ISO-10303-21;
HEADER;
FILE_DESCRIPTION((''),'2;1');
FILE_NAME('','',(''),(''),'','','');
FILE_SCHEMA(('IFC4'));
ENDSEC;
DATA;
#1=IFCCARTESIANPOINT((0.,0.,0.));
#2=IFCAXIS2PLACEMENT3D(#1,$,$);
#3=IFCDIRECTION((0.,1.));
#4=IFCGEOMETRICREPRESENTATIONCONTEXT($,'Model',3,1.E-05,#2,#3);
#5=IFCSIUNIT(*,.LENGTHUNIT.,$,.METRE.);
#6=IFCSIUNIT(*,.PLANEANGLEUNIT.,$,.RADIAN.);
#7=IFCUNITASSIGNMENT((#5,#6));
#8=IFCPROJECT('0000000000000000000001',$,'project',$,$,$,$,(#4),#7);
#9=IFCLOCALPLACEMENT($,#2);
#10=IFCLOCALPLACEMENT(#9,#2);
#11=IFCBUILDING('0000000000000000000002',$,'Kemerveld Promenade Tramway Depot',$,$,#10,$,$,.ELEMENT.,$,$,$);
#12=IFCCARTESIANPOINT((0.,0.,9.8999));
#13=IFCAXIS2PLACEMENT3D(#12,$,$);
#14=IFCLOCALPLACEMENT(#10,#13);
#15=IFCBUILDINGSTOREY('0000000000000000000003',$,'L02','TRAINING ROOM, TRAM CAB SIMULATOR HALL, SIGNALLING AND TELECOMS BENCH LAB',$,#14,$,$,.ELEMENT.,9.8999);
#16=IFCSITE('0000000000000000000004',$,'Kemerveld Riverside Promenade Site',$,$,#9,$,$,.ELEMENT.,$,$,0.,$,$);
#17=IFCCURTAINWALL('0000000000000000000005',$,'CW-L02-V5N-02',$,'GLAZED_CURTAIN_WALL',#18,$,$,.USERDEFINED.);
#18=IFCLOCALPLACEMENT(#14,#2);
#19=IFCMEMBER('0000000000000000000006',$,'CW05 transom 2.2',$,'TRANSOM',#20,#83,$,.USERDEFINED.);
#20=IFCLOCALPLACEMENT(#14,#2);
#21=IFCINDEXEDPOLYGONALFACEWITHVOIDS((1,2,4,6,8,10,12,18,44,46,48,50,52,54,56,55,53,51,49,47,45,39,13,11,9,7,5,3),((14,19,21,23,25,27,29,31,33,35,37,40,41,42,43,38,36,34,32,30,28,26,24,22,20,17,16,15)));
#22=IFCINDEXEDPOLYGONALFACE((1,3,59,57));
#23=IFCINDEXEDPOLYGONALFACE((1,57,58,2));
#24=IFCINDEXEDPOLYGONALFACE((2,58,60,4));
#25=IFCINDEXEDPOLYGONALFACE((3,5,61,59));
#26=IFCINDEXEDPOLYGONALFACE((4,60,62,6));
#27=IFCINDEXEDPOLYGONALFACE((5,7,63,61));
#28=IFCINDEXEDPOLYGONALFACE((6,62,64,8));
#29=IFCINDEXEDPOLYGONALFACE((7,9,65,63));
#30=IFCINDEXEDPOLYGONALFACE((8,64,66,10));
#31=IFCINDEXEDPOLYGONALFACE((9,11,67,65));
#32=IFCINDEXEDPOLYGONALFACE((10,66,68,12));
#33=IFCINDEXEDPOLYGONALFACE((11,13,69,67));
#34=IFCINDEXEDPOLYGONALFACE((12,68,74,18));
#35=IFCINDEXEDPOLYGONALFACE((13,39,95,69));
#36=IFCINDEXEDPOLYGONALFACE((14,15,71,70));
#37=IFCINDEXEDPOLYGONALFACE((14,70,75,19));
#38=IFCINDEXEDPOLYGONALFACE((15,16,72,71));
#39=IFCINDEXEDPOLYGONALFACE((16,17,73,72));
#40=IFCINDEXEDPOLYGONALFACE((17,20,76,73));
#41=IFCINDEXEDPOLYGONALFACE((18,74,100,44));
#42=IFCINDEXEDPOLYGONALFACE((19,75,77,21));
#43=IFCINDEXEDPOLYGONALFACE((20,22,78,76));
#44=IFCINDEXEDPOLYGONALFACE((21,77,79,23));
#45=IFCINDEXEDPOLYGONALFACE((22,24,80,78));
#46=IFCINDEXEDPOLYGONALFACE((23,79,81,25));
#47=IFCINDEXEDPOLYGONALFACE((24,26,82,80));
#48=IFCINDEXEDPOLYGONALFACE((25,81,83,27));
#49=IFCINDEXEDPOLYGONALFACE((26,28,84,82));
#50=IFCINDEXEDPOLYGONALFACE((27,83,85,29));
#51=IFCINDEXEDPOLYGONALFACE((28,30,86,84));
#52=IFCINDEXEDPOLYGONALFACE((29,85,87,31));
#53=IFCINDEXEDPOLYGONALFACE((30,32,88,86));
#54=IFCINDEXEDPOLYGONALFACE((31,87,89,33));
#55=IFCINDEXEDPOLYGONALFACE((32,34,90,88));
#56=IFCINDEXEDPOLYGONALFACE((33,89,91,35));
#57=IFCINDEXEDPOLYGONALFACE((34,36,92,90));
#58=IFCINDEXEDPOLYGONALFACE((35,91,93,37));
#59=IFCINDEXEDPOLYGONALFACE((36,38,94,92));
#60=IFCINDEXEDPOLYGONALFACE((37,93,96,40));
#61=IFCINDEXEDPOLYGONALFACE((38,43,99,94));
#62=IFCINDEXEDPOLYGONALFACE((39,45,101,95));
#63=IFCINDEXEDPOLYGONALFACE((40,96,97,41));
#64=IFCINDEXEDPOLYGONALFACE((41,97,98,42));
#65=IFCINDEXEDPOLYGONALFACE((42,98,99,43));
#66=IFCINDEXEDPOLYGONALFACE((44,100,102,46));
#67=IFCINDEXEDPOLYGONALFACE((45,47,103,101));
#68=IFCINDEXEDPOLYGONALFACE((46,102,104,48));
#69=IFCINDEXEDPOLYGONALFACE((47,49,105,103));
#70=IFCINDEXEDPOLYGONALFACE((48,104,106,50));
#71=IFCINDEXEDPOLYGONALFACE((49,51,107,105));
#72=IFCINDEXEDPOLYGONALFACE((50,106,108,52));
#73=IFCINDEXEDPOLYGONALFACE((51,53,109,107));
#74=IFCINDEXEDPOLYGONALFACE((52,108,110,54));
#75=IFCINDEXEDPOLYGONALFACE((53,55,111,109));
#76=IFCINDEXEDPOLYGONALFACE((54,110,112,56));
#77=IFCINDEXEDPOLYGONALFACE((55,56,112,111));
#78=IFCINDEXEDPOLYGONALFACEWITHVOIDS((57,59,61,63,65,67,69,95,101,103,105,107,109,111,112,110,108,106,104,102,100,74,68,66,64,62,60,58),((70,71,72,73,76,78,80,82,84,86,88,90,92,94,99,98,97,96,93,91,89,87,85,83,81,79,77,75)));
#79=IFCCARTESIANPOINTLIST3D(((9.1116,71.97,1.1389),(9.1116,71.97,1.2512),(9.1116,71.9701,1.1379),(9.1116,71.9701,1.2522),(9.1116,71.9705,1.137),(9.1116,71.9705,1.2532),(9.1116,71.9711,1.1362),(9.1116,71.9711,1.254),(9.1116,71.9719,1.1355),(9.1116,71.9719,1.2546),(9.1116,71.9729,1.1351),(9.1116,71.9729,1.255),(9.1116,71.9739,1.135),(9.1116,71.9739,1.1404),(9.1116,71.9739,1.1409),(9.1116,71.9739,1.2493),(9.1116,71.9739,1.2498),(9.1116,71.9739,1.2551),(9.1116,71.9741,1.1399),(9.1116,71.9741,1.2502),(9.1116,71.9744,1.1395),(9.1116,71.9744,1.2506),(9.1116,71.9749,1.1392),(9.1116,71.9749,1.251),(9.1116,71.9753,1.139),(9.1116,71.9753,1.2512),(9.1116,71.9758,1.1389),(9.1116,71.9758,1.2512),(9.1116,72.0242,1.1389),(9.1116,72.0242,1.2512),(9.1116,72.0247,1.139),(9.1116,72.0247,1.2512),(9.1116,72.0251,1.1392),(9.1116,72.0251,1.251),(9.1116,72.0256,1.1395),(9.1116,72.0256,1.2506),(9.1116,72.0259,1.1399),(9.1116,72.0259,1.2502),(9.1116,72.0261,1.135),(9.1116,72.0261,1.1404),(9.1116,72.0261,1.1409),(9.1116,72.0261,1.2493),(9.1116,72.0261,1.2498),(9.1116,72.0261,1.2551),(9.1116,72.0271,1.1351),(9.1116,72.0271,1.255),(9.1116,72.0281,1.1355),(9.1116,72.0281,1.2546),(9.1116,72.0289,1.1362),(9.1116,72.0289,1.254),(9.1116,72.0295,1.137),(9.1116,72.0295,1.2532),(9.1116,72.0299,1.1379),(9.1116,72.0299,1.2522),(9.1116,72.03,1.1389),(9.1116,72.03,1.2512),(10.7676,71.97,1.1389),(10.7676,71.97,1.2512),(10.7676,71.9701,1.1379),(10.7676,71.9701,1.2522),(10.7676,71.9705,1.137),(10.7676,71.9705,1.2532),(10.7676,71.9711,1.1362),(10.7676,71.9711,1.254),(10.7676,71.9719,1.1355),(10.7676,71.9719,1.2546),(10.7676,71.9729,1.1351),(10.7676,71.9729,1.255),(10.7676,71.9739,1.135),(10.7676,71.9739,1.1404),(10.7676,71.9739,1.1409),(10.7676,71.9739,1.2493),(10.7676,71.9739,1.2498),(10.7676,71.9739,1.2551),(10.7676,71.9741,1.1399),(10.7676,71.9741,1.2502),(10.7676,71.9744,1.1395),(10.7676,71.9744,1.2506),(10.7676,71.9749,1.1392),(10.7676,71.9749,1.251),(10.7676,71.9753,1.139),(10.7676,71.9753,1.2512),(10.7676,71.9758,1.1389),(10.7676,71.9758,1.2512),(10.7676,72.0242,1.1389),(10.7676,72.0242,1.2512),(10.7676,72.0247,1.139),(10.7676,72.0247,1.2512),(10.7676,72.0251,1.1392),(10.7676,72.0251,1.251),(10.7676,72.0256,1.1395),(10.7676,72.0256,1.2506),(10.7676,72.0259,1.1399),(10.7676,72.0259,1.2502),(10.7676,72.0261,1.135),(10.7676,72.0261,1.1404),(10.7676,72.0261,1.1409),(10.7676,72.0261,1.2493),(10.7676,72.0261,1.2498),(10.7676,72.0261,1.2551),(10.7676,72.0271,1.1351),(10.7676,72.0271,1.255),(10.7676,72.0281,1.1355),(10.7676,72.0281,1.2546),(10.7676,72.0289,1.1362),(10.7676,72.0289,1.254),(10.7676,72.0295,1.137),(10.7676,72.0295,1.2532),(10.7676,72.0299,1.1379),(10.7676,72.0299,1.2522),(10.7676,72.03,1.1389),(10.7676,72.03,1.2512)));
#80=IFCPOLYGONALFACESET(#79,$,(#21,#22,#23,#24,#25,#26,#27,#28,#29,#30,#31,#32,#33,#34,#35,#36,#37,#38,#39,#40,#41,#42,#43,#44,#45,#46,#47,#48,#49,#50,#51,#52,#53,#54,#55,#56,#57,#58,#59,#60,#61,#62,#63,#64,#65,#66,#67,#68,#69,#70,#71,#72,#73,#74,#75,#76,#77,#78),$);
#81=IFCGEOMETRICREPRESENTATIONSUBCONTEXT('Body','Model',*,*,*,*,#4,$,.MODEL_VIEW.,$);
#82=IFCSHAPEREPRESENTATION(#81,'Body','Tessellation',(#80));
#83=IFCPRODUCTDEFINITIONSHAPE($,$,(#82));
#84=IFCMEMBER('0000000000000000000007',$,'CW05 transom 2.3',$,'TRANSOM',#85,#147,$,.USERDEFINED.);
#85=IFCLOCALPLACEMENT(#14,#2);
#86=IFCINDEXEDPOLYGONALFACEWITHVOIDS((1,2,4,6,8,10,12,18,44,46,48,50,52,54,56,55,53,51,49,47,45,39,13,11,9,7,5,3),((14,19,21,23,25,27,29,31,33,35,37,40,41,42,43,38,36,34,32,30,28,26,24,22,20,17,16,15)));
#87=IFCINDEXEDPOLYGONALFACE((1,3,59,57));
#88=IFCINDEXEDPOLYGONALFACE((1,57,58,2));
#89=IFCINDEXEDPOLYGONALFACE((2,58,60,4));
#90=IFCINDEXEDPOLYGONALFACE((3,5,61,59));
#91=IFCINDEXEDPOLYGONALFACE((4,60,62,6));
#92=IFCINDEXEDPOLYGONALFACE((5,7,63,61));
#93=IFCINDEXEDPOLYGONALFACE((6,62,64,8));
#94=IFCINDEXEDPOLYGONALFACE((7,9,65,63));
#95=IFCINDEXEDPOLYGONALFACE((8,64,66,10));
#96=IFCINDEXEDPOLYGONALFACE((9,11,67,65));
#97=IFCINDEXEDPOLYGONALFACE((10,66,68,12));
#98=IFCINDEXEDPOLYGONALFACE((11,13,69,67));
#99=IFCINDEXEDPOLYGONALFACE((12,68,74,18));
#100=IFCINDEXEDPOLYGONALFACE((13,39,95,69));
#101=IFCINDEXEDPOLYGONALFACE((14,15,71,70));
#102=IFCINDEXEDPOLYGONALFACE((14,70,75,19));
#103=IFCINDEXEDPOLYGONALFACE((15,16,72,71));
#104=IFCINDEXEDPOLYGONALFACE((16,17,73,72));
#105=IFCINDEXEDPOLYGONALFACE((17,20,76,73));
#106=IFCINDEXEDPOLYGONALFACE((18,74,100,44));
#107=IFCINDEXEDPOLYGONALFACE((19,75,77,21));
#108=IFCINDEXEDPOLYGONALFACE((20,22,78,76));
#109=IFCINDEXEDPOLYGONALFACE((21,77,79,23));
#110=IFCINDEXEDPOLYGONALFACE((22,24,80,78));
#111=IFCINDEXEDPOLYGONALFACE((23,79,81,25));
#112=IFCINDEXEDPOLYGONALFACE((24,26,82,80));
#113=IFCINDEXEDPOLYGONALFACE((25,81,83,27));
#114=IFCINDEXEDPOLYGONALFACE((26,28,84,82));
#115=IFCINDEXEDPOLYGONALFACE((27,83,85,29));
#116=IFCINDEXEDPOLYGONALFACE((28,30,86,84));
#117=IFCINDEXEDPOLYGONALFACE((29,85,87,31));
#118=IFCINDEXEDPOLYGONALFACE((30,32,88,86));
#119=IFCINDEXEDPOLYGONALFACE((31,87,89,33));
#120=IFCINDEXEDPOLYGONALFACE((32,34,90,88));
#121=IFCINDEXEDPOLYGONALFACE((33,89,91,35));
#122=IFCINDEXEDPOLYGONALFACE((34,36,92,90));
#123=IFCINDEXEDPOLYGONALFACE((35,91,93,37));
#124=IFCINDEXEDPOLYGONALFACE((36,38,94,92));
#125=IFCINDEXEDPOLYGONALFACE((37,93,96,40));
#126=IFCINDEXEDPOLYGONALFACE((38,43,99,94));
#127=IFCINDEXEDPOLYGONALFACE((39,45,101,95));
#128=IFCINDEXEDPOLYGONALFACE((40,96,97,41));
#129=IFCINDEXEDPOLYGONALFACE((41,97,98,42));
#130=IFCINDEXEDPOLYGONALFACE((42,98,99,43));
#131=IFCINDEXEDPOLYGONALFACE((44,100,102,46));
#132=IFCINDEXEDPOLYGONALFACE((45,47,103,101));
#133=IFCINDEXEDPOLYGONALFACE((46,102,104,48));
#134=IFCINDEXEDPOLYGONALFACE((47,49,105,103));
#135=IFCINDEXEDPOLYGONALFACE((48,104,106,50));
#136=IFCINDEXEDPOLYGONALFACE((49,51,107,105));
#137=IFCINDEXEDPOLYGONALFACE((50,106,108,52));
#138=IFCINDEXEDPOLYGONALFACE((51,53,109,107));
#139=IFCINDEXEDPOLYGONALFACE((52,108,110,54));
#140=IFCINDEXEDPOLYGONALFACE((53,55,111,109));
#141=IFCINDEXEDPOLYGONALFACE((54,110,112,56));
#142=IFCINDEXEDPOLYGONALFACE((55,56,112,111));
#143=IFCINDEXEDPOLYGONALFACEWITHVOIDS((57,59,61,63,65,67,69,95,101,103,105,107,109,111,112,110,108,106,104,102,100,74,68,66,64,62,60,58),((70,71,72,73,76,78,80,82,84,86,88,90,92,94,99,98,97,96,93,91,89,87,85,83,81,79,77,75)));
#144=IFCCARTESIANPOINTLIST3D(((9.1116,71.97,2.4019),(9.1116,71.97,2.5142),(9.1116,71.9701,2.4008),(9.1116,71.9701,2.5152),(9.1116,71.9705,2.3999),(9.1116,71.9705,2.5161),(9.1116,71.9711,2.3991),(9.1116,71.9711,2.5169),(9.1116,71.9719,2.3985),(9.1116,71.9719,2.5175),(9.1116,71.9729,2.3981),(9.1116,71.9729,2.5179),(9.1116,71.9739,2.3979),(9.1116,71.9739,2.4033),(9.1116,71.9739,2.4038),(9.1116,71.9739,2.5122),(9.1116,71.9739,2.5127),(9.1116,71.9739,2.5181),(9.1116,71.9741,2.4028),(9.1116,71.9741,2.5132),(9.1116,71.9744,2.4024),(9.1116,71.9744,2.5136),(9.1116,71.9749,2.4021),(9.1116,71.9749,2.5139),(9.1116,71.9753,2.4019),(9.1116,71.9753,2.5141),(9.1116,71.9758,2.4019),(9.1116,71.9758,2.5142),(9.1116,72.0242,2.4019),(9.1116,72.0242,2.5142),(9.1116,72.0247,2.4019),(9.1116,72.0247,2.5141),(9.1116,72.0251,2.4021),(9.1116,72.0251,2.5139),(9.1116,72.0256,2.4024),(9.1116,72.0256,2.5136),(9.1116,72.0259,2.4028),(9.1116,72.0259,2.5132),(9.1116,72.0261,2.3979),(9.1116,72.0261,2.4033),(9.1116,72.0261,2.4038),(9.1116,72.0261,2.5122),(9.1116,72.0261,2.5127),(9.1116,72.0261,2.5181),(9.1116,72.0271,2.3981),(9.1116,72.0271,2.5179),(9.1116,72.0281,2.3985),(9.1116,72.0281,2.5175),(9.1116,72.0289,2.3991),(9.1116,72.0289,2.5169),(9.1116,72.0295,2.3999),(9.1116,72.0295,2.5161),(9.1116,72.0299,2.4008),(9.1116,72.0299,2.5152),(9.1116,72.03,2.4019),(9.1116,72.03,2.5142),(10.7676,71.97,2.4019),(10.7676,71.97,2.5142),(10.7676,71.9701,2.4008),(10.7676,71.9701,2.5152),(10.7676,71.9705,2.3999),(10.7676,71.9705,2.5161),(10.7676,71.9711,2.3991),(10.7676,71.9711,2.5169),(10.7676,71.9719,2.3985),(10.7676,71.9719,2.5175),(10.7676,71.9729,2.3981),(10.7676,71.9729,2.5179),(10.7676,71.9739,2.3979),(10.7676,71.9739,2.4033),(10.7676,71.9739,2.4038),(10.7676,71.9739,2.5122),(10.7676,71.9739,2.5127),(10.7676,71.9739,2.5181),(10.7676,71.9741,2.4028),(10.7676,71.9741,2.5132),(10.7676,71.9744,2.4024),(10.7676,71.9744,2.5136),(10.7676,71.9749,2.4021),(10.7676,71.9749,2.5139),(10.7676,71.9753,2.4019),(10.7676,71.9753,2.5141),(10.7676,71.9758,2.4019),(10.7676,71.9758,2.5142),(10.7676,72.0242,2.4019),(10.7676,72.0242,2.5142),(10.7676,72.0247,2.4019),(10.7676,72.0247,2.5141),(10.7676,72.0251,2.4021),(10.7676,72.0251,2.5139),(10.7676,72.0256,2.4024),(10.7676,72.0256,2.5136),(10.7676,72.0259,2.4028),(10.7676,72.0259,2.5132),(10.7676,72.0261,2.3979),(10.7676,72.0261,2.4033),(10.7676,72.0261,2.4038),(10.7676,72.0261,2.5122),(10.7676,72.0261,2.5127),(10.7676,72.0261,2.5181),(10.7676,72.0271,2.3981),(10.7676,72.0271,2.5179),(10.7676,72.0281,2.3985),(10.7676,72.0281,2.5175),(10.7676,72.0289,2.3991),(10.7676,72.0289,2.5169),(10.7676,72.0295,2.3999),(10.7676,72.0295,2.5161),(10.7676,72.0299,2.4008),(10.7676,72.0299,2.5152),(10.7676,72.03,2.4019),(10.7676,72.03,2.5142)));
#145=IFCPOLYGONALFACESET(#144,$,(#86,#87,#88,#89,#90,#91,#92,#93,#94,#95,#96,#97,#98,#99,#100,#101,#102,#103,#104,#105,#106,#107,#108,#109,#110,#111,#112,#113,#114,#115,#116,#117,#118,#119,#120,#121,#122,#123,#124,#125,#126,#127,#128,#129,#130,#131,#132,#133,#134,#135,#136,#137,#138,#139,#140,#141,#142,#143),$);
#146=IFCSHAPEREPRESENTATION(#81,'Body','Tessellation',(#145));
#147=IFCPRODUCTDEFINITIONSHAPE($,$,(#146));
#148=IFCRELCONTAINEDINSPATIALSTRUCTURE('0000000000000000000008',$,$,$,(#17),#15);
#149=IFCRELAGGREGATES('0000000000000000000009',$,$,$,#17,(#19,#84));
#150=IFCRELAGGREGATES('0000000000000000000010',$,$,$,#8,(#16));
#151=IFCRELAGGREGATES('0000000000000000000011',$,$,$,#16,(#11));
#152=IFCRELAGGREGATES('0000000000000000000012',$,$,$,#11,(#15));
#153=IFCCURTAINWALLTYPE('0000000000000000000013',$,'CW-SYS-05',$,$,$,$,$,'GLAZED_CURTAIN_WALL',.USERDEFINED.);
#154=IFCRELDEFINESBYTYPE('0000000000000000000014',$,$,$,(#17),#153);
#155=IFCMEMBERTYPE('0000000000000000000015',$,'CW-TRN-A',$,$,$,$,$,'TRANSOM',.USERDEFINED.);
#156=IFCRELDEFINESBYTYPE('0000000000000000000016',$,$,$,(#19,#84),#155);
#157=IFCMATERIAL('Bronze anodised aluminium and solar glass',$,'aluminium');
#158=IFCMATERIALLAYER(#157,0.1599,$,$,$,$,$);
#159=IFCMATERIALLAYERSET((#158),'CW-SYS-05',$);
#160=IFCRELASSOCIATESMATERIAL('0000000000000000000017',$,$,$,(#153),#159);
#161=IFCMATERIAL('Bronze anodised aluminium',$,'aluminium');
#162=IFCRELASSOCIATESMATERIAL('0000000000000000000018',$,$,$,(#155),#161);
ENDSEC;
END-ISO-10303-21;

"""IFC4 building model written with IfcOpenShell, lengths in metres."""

from ifc_helpers import new_model, si_unit, direction, frame, origin, origin_2d, place, context, subcontext, project, spatial, hollow_rectangle, extrude, material, layer, layer_set, material_profile, profile_set, type_object, element, aggregate, save


model = new_model("IFC4")

# Units and contexts
model_context = context("Model", 3, precision=1e-05, world=origin(), true_north=direction((0.0, 1.0)))
body_context = subcontext(model_context, "Body", "Model", "MODEL_VIEW")
ifc_project = project(units=[si_unit("LENGTHUNIT", "METRE"), si_unit("PLANEANGLEUNIT", "RADIAN")], contexts=[model_context])

# Site, building, storey
site_placement = place(None, origin())
site = spatial("IfcSite", under=ifc_project, at=site_placement, Name="Kemerveld Riverside Promenade Site", CompositionType="ELEMENT", RefElevation=0.0)
building_placement = place(site_placement, origin())
building = spatial("IfcBuilding", under=site, at=building_placement, Name="Kemerveld Promenade Tramway Depot", CompositionType="ELEMENT")
storey_placement = place(building_placement, frame((0.0, 0.0, 9.8999)))
storey = spatial("IfcBuildingStorey", under=building, at=storey_placement, Name="L02", Description="TRAINING ROOM, TRAM CAB SIMULATOR HALL, SIGNALLING AND TELECOMS BENCH LAB", CompositionType="ELEMENT", Elevation=9.8999)

# Curtain wall, members
ifc_material_1 = material(Name="Bronze anodised aluminium and solar glass", Category="aluminium")
ifc_layer_1 = layer(ifc_material_1, 0.1599)
ifc_layer_set_1 = layer_set([ifc_layer_1], Name="CW-SYS-05")
curtain_wall_type = type_object("IfcCurtainWallType", Name="CW-SYS-05", ElementType="GLAZED_CURTAIN_WALL", PredefinedType="USERDEFINED", material=ifc_layer_set_1)
curtain_wall_placement = place(storey_placement, origin())
curtain_wall = element("IfcCurtainWall", 1, at=curtain_wall_placement, inside=storey, type_object=curtain_wall_type, Name="CW-L02-V5N-02", ObjectType="GLAZED_CURTAIN_WALL", PredefinedType="USERDEFINED")
ifc_material_2 = material(Name="Bronze anodised aluminium", Category="aluminium")
ifc_material_profile_1 = material_profile(ifc_material_2, hollow_rectangle(XDim=0.0601, YDim=0.1201, WallThickness=0.0039, InnerFilletRadius=0.002, OuterFilletRadius=0.0039, at=origin_2d()), Name="CW-TRN-120x60")
ifc_profile_set_1 = profile_set([ifc_material_profile_1], Name="Bronze anodised aluminium")
member_type_1 = type_object("IfcMemberType", Name="CW-TRN-A", ElementType="TRANSOM", PredefinedType="USERDEFINED", material=ifc_profile_set_1)
member_1_placement = place(storey_placement, frame((9.1116, 72.0, 1.1951), z_axis=(1.0, 0.0, 0.0), x_axis=(0.0, 1.0, 0.0)))
member_1 = element("IfcMember", 2, at=member_1_placement, type_object=member_type_1, Name="CW05 transom 2.2", ObjectType="TRANSOM", PredefinedType="USERDEFINED", context=body_context, shape_type="SweptSolid", body=[
    extrude(hollow_rectangle(XDim=0.0601, YDim=0.1201, WallThickness=0.0039, InnerFilletRadius=0.002, OuterFilletRadius=0.0039, at=origin_2d()), origin(), (0.0, 0.0, 1.0), 1.656),
])
member_2_placement = place(storey_placement, frame((9.1116, 72.0, 2.458), z_axis=(1.0, 0.0, 0.0), x_axis=(0.0, 1.0, 0.0)))
member_2 = element("IfcMember", 3, at=member_2_placement, type_object=member_type_1, Name="CW05 transom 2.3", ObjectType="TRANSOM", PredefinedType="USERDEFINED", context=body_context, shape_type="SweptSolid", body=[
    extrude(hollow_rectangle(XDim=0.0601, YDim=0.1201, WallThickness=0.0039, InnerFilletRadius=0.002, OuterFilletRadius=0.0039, at=origin_2d()), origin(), (0.0, 0.0, 1.0), 1.656),
])
aggregate(curtain_wall, [member_1, member_2])

save(model, "model.ifc")
